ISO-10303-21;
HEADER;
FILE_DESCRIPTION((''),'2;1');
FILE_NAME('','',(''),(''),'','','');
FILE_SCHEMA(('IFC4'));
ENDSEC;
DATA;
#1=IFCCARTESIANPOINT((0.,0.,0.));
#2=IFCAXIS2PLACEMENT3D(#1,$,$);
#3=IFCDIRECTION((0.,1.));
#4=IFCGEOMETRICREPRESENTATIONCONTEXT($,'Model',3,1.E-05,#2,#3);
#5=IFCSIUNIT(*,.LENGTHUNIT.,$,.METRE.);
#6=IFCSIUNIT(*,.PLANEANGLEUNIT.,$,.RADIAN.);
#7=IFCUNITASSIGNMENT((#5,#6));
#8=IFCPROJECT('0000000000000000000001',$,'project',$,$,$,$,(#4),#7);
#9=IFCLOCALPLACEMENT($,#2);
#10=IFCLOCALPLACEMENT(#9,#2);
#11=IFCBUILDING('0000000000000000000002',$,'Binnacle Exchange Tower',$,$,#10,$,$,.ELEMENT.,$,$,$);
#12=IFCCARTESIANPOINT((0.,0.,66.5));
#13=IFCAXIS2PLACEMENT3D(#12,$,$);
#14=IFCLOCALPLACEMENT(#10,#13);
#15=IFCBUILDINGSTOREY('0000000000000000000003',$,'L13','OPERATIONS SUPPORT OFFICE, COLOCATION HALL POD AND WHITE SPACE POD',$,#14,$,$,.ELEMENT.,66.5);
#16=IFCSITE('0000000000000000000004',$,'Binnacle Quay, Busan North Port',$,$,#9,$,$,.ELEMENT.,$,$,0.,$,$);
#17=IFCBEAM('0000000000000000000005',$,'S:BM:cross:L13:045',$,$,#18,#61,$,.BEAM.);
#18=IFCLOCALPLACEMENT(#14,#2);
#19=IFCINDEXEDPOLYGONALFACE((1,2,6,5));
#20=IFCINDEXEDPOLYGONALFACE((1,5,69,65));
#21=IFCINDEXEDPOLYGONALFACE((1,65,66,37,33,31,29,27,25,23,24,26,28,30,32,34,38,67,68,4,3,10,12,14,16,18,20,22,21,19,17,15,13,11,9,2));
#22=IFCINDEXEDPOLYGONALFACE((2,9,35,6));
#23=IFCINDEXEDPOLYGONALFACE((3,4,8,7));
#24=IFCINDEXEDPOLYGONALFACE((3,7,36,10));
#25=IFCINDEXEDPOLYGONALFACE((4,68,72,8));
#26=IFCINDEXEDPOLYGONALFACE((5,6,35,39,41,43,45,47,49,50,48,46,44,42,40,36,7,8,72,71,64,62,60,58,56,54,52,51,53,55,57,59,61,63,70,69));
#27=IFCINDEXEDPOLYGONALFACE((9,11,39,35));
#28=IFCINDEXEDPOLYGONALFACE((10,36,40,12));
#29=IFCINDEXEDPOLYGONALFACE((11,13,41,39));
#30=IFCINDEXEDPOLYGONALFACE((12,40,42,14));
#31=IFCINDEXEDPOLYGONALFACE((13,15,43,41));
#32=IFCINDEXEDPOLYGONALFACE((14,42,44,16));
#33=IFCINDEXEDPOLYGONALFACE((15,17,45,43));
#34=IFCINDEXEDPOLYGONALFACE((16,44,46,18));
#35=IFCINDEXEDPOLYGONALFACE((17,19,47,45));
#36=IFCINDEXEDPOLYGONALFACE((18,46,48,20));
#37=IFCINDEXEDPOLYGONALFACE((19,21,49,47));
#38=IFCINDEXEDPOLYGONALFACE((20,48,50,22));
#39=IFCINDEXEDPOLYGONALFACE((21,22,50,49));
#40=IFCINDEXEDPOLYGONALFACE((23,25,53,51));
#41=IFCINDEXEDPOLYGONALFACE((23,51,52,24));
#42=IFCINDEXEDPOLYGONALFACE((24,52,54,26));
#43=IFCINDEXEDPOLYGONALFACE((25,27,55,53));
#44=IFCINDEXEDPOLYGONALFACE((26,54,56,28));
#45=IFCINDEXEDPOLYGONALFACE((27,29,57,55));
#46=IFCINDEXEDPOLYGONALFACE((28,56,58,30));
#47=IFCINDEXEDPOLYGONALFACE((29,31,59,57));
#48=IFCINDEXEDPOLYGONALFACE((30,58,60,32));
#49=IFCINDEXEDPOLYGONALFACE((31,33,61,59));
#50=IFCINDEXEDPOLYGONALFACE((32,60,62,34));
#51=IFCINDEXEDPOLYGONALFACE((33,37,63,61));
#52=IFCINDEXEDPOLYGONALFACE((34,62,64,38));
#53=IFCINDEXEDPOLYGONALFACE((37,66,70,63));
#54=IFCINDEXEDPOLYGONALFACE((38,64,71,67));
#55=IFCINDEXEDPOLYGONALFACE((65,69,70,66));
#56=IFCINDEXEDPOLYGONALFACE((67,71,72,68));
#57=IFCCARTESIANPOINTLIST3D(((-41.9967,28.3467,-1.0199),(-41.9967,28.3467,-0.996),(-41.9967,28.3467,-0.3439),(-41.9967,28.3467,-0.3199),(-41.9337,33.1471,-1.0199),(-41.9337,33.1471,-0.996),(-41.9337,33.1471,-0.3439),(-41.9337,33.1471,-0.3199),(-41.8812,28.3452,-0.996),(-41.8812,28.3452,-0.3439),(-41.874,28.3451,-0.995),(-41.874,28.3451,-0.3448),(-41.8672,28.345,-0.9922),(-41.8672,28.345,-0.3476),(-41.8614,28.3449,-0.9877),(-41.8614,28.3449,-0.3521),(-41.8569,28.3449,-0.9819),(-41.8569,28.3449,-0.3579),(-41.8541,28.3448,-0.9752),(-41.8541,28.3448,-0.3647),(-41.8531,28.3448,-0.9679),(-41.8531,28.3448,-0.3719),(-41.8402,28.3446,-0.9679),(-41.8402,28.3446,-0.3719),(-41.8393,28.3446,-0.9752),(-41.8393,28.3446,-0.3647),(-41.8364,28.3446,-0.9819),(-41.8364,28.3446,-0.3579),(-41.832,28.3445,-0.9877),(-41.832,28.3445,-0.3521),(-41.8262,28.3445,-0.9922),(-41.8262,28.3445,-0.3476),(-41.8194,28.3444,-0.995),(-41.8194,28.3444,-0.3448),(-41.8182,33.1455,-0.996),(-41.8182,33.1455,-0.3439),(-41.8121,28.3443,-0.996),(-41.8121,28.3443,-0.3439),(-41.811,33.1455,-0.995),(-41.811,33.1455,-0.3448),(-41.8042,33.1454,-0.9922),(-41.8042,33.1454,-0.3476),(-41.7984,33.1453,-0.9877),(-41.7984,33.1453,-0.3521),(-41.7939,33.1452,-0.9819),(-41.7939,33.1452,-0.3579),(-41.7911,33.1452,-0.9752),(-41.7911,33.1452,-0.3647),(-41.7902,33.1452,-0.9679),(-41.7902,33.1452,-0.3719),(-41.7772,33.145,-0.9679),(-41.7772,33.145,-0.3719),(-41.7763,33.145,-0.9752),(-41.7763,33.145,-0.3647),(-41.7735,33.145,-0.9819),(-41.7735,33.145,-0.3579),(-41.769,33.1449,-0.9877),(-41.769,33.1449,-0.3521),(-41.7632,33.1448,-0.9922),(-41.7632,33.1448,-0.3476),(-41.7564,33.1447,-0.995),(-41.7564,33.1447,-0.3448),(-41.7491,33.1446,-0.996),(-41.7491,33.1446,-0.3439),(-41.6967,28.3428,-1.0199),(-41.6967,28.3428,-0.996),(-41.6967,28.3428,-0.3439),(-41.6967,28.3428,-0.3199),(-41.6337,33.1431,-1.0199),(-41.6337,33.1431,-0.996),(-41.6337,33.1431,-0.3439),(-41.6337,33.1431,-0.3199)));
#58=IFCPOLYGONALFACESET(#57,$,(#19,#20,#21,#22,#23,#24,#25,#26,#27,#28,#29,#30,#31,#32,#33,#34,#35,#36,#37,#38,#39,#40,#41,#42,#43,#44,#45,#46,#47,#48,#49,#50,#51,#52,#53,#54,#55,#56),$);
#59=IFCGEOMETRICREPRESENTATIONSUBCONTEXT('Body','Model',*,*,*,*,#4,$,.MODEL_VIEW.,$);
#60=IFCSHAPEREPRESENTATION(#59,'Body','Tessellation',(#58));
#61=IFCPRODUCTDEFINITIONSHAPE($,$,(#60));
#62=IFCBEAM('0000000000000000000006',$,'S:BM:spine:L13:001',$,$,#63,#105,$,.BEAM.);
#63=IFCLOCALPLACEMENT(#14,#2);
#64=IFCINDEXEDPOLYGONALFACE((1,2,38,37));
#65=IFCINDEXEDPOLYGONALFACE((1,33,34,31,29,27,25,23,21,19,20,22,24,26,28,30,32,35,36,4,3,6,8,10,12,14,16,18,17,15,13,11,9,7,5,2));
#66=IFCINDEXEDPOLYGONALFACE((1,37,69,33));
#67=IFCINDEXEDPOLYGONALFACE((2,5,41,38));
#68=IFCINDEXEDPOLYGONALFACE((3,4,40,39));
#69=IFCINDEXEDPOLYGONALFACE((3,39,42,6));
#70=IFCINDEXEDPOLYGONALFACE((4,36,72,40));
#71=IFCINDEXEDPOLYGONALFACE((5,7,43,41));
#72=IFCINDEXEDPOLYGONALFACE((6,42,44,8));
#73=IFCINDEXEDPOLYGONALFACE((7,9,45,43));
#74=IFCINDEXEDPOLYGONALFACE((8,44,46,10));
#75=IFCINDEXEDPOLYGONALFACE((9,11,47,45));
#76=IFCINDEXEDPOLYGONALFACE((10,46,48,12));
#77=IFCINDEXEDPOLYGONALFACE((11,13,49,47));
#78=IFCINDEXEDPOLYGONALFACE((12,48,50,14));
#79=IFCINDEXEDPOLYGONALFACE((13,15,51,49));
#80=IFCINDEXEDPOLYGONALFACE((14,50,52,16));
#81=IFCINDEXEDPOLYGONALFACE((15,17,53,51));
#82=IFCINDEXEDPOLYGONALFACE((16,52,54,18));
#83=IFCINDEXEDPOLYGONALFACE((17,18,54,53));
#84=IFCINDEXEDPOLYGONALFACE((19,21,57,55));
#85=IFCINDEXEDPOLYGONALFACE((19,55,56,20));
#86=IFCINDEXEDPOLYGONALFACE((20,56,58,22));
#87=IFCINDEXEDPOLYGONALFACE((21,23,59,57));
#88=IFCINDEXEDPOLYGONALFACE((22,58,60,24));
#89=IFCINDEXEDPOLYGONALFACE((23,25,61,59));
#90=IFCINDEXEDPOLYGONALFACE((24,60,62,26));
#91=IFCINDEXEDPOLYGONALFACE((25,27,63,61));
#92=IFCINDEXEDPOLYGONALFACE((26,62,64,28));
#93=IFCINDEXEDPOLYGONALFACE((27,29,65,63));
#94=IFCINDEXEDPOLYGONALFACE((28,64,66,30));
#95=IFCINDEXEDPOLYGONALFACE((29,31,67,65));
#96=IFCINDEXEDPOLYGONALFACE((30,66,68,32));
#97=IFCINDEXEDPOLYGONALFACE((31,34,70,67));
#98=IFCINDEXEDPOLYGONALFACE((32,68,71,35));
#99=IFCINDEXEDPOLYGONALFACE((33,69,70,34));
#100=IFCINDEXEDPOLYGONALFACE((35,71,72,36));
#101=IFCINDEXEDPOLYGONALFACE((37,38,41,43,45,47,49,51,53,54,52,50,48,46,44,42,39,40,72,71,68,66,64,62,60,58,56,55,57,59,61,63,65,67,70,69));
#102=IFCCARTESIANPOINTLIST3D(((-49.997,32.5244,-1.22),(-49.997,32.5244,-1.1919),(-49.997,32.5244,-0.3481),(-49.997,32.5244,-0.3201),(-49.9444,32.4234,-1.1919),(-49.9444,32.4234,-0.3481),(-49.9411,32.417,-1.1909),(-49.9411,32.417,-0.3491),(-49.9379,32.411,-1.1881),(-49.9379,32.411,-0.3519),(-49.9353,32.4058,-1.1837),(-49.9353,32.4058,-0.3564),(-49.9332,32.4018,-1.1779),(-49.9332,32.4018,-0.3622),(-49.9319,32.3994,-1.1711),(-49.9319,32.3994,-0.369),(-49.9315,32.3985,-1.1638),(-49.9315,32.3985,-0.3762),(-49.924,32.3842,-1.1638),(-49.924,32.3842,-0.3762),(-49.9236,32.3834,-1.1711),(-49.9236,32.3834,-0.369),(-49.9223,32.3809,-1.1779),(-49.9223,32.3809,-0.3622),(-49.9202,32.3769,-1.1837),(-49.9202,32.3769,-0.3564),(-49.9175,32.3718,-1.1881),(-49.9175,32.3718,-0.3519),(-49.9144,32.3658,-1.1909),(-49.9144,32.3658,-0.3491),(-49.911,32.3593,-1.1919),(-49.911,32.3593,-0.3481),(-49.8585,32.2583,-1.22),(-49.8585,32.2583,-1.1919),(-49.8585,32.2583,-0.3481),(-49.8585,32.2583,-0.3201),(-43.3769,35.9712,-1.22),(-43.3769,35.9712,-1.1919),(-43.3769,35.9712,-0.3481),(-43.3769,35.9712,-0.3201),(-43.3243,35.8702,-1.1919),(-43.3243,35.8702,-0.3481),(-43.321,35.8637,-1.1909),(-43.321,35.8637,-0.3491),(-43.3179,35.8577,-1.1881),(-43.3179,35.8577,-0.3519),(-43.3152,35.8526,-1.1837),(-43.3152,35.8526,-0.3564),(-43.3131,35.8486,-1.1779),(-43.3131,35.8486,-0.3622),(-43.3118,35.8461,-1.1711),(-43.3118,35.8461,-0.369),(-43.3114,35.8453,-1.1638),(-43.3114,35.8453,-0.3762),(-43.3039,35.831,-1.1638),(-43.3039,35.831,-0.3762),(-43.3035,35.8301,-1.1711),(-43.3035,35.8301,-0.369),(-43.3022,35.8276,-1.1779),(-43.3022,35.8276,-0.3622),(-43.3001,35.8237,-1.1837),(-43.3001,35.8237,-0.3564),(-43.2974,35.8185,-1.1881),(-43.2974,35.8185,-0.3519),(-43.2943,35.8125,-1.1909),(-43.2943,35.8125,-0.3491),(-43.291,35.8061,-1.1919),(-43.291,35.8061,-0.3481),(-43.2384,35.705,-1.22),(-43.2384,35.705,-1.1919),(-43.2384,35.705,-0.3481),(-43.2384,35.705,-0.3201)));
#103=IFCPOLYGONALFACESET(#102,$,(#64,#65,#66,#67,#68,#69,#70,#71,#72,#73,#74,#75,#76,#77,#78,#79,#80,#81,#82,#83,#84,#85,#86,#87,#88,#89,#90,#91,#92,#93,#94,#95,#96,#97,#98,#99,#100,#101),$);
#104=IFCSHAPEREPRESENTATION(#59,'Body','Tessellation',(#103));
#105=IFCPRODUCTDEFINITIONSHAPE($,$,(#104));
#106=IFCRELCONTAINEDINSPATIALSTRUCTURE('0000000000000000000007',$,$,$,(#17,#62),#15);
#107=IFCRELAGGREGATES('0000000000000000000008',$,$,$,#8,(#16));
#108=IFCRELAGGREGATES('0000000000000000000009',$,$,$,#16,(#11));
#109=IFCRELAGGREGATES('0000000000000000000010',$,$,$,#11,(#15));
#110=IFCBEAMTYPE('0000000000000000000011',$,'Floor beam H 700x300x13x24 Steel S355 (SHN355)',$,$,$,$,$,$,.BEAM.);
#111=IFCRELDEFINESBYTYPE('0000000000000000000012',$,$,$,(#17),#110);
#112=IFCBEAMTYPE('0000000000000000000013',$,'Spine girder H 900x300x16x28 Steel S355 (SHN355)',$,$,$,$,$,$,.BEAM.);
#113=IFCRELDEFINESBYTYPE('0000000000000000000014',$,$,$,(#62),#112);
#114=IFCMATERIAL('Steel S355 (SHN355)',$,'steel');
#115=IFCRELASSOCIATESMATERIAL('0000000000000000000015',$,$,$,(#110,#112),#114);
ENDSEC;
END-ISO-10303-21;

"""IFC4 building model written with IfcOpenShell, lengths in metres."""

from ifc_helpers import new_model, si_unit, direction, frame, origin, origin_2d, place, context, subcontext, project, spatial, i_section, extrude, material, material_profile, profile_set, type_object, element, save


model = new_model("IFC4")

# Units and contexts
model_context = context("Model", 3, precision=1e-05, world=origin(), true_north=direction((0.0, 1.0)))
body_context = subcontext(model_context, "Body", "Model", "MODEL_VIEW")
ifc_project = project(units=[si_unit("LENGTHUNIT", "METRE"), si_unit("PLANEANGLEUNIT", "RADIAN")], contexts=[model_context])

# Site, building, storey
site_placement = place(None, origin())
site = spatial("IfcSite", under=ifc_project, at=site_placement, Name="Binnacle Quay, Busan North Port", CompositionType="ELEMENT", RefElevation=0.0)
building_placement = place(site_placement, origin())
building = spatial("IfcBuilding", under=site, at=building_placement, Name="Binnacle Exchange Tower", CompositionType="ELEMENT")
storey_placement = place(building_placement, frame((0.0, 0.0, 66.5)))
storey = spatial("IfcBuildingStorey", under=building, at=storey_placement, Name="L13", Description="OPERATIONS SUPPORT OFFICE, COLOCATION HALL POD AND WHITE SPACE POD", CompositionType="ELEMENT", Elevation=66.5)

# Beams
ifc_material_1 = material(Name="Steel S355 (SHN355)", Category="steel")
ifc_material_profile_1 = material_profile(ifc_material_1, i_section(OverallWidth=0.3, OverallDepth=0.7, WebThickness=0.0129, FlangeThickness=0.0239, FilletRadius=0.0281, at=origin_2d()), Name="H 700x300x13x24")
ifc_profile_set_1 = profile_set([ifc_material_profile_1], Name="Steel S355 (SHN355)")
beam_type_1 = type_object("IfcBeamType", Name="Floor beam H 700x300x13x24 Steel S355 (SHN355)", PredefinedType="BEAM", material=ifc_profile_set_1)
beam_1_placement = place(storey_placement, frame((-41.8467, 28.3447, -0.6699), z_axis=(0.013121, 0.999914, 0.0), x_axis=(-0.999914, 0.013121, 0.0)))
element("IfcBeam", 1, at=beam_1_placement, inside=storey, type_object=beam_type_1, Name="S:BM:cross:L13:045", PredefinedType="BEAM", context=body_context, shape_type="SweptSolid", body=[
    extrude(i_section(OverallWidth=0.3, OverallDepth=0.7, WebThickness=0.0129, FlangeThickness=0.0239, FilletRadius=0.0281, at=origin_2d()), origin(), (0.0, 0.0, 1.0), 4.8008),
])
ifc_material_profile_2 = material_profile(ifc_material_1, i_section(OverallWidth=0.3, OverallDepth=0.8999, WebThickness=0.0161, FlangeThickness=0.0281, FilletRadius=0.0281, at=origin_2d()), Name="H 900x300x16x28")
ifc_profile_set_2 = profile_set([ifc_material_profile_2], Name="Steel S355 (SHN355)")
beam_type_2 = type_object("IfcBeamType", Name="Spine girder H 900x300x16x28 Steel S355 (SHN355)", PredefinedType="BEAM", material=ifc_profile_set_2)
beam_2_placement = place(storey_placement, frame((-49.9277, 32.3914, -0.77), z_axis=(0.88698, 0.461808, 0.0), x_axis=(-0.461808, 0.88698, 0.0)))
element("IfcBeam", 2, at=beam_2_placement, inside=storey, type_object=beam_type_2, Name="S:BM:spine:L13:001", PredefinedType="BEAM", context=body_context, shape_type="SweptSolid", body=[
    extrude(i_section(OverallWidth=0.3, OverallDepth=0.8999, WebThickness=0.0161, FlangeThickness=0.0281, FilletRadius=0.0281, at=origin_2d()), origin(), (0.0, 0.0, 1.0), 7.4636),
])

save(model, "model.ifc")
